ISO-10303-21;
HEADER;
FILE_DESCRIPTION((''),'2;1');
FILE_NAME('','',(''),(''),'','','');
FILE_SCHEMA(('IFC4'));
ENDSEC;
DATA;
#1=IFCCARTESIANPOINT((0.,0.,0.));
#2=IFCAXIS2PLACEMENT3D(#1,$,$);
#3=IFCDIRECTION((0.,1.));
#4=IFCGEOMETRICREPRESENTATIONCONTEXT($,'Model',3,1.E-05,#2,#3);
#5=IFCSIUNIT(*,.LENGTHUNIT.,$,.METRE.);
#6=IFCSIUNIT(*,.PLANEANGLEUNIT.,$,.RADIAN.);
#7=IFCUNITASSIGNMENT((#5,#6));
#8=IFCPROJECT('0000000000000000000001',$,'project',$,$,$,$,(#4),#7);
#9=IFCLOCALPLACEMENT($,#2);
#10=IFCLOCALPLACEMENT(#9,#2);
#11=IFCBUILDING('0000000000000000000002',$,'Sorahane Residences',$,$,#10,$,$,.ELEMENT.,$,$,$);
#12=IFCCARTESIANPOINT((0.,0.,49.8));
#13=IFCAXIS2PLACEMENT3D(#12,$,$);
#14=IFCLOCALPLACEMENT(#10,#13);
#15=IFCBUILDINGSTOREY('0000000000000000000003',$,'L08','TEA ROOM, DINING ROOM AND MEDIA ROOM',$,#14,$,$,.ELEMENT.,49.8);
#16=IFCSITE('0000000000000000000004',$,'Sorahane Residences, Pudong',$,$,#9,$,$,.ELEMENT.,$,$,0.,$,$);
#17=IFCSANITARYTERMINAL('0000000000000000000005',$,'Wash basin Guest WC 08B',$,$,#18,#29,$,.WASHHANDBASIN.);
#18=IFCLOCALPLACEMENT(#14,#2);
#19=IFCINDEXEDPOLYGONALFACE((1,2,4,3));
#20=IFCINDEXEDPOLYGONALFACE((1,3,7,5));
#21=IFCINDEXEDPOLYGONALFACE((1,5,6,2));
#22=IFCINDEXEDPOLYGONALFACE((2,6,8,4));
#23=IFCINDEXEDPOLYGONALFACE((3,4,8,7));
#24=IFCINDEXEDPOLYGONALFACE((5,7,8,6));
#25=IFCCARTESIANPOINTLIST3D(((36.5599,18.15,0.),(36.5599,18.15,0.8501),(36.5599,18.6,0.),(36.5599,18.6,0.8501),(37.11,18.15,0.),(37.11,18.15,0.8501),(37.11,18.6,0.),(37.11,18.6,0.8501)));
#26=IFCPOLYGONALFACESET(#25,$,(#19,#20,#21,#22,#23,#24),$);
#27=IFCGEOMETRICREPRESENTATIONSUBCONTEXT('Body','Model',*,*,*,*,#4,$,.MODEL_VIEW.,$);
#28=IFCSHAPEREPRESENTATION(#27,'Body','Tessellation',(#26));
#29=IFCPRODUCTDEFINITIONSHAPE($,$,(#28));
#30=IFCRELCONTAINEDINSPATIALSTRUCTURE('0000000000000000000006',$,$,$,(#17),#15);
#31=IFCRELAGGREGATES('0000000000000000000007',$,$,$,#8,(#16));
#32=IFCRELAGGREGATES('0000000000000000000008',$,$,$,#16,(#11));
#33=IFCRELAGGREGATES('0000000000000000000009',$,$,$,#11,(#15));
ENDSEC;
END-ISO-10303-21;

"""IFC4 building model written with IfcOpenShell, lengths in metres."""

from ifc_helpers import new_model, si_unit, direction, frame, origin, origin_2d, place, context, subcontext, project, spatial, rectangle, extrude, element, save


model = new_model("IFC4")

# Units and contexts
model_context = context("Model", 3, precision=1e-05, world=origin(), true_north=direction((0.0, 1.0)))
body_context = subcontext(model_context, "Body", "Model", "MODEL_VIEW")
ifc_project = project(units=[si_unit("LENGTHUNIT", "METRE"), si_unit("PLANEANGLEUNIT", "RADIAN")], contexts=[model_context])

# Site, building, storey
site_placement = place(None, origin())
site = spatial("IfcSite", under=ifc_project, at=site_placement, Name="Sorahane Residences, Pudong", CompositionType="ELEMENT", RefElevation=0.0)
building_placement = place(site_placement, origin())
building = spatial("IfcBuilding", under=site, at=building_placement, Name="Sorahane Residences", CompositionType="ELEMENT")
storey_placement = place(building_placement, frame((0.0, 0.0, 49.8)))
storey = spatial("IfcBuildingStorey", under=building, at=storey_placement, Name="L08", Description="TEA ROOM, DINING ROOM AND MEDIA ROOM", CompositionType="ELEMENT", Elevation=49.8)

# Sanitary terminal
sanitary_terminal_1_placement = place(storey_placement, frame((36.835, 18.375, 0.0), z_axis=(0.0, 0.0, 1.0), x_axis=(1.0, 0.0, 0.0)))
element("IfcSanitaryTerminal", 1, at=sanitary_terminal_1_placement, inside=storey, Name="Wash basin Guest WC 08B", PredefinedType="WASHHANDBASIN", context=body_context, shape_type="SweptSolid", body=[
    extrude(rectangle(XDim=0.55, YDim=0.45, at=origin_2d()), origin(), (0.0, 0.0, 1.0), 0.8501),
])

save(model, "model.ifc")
